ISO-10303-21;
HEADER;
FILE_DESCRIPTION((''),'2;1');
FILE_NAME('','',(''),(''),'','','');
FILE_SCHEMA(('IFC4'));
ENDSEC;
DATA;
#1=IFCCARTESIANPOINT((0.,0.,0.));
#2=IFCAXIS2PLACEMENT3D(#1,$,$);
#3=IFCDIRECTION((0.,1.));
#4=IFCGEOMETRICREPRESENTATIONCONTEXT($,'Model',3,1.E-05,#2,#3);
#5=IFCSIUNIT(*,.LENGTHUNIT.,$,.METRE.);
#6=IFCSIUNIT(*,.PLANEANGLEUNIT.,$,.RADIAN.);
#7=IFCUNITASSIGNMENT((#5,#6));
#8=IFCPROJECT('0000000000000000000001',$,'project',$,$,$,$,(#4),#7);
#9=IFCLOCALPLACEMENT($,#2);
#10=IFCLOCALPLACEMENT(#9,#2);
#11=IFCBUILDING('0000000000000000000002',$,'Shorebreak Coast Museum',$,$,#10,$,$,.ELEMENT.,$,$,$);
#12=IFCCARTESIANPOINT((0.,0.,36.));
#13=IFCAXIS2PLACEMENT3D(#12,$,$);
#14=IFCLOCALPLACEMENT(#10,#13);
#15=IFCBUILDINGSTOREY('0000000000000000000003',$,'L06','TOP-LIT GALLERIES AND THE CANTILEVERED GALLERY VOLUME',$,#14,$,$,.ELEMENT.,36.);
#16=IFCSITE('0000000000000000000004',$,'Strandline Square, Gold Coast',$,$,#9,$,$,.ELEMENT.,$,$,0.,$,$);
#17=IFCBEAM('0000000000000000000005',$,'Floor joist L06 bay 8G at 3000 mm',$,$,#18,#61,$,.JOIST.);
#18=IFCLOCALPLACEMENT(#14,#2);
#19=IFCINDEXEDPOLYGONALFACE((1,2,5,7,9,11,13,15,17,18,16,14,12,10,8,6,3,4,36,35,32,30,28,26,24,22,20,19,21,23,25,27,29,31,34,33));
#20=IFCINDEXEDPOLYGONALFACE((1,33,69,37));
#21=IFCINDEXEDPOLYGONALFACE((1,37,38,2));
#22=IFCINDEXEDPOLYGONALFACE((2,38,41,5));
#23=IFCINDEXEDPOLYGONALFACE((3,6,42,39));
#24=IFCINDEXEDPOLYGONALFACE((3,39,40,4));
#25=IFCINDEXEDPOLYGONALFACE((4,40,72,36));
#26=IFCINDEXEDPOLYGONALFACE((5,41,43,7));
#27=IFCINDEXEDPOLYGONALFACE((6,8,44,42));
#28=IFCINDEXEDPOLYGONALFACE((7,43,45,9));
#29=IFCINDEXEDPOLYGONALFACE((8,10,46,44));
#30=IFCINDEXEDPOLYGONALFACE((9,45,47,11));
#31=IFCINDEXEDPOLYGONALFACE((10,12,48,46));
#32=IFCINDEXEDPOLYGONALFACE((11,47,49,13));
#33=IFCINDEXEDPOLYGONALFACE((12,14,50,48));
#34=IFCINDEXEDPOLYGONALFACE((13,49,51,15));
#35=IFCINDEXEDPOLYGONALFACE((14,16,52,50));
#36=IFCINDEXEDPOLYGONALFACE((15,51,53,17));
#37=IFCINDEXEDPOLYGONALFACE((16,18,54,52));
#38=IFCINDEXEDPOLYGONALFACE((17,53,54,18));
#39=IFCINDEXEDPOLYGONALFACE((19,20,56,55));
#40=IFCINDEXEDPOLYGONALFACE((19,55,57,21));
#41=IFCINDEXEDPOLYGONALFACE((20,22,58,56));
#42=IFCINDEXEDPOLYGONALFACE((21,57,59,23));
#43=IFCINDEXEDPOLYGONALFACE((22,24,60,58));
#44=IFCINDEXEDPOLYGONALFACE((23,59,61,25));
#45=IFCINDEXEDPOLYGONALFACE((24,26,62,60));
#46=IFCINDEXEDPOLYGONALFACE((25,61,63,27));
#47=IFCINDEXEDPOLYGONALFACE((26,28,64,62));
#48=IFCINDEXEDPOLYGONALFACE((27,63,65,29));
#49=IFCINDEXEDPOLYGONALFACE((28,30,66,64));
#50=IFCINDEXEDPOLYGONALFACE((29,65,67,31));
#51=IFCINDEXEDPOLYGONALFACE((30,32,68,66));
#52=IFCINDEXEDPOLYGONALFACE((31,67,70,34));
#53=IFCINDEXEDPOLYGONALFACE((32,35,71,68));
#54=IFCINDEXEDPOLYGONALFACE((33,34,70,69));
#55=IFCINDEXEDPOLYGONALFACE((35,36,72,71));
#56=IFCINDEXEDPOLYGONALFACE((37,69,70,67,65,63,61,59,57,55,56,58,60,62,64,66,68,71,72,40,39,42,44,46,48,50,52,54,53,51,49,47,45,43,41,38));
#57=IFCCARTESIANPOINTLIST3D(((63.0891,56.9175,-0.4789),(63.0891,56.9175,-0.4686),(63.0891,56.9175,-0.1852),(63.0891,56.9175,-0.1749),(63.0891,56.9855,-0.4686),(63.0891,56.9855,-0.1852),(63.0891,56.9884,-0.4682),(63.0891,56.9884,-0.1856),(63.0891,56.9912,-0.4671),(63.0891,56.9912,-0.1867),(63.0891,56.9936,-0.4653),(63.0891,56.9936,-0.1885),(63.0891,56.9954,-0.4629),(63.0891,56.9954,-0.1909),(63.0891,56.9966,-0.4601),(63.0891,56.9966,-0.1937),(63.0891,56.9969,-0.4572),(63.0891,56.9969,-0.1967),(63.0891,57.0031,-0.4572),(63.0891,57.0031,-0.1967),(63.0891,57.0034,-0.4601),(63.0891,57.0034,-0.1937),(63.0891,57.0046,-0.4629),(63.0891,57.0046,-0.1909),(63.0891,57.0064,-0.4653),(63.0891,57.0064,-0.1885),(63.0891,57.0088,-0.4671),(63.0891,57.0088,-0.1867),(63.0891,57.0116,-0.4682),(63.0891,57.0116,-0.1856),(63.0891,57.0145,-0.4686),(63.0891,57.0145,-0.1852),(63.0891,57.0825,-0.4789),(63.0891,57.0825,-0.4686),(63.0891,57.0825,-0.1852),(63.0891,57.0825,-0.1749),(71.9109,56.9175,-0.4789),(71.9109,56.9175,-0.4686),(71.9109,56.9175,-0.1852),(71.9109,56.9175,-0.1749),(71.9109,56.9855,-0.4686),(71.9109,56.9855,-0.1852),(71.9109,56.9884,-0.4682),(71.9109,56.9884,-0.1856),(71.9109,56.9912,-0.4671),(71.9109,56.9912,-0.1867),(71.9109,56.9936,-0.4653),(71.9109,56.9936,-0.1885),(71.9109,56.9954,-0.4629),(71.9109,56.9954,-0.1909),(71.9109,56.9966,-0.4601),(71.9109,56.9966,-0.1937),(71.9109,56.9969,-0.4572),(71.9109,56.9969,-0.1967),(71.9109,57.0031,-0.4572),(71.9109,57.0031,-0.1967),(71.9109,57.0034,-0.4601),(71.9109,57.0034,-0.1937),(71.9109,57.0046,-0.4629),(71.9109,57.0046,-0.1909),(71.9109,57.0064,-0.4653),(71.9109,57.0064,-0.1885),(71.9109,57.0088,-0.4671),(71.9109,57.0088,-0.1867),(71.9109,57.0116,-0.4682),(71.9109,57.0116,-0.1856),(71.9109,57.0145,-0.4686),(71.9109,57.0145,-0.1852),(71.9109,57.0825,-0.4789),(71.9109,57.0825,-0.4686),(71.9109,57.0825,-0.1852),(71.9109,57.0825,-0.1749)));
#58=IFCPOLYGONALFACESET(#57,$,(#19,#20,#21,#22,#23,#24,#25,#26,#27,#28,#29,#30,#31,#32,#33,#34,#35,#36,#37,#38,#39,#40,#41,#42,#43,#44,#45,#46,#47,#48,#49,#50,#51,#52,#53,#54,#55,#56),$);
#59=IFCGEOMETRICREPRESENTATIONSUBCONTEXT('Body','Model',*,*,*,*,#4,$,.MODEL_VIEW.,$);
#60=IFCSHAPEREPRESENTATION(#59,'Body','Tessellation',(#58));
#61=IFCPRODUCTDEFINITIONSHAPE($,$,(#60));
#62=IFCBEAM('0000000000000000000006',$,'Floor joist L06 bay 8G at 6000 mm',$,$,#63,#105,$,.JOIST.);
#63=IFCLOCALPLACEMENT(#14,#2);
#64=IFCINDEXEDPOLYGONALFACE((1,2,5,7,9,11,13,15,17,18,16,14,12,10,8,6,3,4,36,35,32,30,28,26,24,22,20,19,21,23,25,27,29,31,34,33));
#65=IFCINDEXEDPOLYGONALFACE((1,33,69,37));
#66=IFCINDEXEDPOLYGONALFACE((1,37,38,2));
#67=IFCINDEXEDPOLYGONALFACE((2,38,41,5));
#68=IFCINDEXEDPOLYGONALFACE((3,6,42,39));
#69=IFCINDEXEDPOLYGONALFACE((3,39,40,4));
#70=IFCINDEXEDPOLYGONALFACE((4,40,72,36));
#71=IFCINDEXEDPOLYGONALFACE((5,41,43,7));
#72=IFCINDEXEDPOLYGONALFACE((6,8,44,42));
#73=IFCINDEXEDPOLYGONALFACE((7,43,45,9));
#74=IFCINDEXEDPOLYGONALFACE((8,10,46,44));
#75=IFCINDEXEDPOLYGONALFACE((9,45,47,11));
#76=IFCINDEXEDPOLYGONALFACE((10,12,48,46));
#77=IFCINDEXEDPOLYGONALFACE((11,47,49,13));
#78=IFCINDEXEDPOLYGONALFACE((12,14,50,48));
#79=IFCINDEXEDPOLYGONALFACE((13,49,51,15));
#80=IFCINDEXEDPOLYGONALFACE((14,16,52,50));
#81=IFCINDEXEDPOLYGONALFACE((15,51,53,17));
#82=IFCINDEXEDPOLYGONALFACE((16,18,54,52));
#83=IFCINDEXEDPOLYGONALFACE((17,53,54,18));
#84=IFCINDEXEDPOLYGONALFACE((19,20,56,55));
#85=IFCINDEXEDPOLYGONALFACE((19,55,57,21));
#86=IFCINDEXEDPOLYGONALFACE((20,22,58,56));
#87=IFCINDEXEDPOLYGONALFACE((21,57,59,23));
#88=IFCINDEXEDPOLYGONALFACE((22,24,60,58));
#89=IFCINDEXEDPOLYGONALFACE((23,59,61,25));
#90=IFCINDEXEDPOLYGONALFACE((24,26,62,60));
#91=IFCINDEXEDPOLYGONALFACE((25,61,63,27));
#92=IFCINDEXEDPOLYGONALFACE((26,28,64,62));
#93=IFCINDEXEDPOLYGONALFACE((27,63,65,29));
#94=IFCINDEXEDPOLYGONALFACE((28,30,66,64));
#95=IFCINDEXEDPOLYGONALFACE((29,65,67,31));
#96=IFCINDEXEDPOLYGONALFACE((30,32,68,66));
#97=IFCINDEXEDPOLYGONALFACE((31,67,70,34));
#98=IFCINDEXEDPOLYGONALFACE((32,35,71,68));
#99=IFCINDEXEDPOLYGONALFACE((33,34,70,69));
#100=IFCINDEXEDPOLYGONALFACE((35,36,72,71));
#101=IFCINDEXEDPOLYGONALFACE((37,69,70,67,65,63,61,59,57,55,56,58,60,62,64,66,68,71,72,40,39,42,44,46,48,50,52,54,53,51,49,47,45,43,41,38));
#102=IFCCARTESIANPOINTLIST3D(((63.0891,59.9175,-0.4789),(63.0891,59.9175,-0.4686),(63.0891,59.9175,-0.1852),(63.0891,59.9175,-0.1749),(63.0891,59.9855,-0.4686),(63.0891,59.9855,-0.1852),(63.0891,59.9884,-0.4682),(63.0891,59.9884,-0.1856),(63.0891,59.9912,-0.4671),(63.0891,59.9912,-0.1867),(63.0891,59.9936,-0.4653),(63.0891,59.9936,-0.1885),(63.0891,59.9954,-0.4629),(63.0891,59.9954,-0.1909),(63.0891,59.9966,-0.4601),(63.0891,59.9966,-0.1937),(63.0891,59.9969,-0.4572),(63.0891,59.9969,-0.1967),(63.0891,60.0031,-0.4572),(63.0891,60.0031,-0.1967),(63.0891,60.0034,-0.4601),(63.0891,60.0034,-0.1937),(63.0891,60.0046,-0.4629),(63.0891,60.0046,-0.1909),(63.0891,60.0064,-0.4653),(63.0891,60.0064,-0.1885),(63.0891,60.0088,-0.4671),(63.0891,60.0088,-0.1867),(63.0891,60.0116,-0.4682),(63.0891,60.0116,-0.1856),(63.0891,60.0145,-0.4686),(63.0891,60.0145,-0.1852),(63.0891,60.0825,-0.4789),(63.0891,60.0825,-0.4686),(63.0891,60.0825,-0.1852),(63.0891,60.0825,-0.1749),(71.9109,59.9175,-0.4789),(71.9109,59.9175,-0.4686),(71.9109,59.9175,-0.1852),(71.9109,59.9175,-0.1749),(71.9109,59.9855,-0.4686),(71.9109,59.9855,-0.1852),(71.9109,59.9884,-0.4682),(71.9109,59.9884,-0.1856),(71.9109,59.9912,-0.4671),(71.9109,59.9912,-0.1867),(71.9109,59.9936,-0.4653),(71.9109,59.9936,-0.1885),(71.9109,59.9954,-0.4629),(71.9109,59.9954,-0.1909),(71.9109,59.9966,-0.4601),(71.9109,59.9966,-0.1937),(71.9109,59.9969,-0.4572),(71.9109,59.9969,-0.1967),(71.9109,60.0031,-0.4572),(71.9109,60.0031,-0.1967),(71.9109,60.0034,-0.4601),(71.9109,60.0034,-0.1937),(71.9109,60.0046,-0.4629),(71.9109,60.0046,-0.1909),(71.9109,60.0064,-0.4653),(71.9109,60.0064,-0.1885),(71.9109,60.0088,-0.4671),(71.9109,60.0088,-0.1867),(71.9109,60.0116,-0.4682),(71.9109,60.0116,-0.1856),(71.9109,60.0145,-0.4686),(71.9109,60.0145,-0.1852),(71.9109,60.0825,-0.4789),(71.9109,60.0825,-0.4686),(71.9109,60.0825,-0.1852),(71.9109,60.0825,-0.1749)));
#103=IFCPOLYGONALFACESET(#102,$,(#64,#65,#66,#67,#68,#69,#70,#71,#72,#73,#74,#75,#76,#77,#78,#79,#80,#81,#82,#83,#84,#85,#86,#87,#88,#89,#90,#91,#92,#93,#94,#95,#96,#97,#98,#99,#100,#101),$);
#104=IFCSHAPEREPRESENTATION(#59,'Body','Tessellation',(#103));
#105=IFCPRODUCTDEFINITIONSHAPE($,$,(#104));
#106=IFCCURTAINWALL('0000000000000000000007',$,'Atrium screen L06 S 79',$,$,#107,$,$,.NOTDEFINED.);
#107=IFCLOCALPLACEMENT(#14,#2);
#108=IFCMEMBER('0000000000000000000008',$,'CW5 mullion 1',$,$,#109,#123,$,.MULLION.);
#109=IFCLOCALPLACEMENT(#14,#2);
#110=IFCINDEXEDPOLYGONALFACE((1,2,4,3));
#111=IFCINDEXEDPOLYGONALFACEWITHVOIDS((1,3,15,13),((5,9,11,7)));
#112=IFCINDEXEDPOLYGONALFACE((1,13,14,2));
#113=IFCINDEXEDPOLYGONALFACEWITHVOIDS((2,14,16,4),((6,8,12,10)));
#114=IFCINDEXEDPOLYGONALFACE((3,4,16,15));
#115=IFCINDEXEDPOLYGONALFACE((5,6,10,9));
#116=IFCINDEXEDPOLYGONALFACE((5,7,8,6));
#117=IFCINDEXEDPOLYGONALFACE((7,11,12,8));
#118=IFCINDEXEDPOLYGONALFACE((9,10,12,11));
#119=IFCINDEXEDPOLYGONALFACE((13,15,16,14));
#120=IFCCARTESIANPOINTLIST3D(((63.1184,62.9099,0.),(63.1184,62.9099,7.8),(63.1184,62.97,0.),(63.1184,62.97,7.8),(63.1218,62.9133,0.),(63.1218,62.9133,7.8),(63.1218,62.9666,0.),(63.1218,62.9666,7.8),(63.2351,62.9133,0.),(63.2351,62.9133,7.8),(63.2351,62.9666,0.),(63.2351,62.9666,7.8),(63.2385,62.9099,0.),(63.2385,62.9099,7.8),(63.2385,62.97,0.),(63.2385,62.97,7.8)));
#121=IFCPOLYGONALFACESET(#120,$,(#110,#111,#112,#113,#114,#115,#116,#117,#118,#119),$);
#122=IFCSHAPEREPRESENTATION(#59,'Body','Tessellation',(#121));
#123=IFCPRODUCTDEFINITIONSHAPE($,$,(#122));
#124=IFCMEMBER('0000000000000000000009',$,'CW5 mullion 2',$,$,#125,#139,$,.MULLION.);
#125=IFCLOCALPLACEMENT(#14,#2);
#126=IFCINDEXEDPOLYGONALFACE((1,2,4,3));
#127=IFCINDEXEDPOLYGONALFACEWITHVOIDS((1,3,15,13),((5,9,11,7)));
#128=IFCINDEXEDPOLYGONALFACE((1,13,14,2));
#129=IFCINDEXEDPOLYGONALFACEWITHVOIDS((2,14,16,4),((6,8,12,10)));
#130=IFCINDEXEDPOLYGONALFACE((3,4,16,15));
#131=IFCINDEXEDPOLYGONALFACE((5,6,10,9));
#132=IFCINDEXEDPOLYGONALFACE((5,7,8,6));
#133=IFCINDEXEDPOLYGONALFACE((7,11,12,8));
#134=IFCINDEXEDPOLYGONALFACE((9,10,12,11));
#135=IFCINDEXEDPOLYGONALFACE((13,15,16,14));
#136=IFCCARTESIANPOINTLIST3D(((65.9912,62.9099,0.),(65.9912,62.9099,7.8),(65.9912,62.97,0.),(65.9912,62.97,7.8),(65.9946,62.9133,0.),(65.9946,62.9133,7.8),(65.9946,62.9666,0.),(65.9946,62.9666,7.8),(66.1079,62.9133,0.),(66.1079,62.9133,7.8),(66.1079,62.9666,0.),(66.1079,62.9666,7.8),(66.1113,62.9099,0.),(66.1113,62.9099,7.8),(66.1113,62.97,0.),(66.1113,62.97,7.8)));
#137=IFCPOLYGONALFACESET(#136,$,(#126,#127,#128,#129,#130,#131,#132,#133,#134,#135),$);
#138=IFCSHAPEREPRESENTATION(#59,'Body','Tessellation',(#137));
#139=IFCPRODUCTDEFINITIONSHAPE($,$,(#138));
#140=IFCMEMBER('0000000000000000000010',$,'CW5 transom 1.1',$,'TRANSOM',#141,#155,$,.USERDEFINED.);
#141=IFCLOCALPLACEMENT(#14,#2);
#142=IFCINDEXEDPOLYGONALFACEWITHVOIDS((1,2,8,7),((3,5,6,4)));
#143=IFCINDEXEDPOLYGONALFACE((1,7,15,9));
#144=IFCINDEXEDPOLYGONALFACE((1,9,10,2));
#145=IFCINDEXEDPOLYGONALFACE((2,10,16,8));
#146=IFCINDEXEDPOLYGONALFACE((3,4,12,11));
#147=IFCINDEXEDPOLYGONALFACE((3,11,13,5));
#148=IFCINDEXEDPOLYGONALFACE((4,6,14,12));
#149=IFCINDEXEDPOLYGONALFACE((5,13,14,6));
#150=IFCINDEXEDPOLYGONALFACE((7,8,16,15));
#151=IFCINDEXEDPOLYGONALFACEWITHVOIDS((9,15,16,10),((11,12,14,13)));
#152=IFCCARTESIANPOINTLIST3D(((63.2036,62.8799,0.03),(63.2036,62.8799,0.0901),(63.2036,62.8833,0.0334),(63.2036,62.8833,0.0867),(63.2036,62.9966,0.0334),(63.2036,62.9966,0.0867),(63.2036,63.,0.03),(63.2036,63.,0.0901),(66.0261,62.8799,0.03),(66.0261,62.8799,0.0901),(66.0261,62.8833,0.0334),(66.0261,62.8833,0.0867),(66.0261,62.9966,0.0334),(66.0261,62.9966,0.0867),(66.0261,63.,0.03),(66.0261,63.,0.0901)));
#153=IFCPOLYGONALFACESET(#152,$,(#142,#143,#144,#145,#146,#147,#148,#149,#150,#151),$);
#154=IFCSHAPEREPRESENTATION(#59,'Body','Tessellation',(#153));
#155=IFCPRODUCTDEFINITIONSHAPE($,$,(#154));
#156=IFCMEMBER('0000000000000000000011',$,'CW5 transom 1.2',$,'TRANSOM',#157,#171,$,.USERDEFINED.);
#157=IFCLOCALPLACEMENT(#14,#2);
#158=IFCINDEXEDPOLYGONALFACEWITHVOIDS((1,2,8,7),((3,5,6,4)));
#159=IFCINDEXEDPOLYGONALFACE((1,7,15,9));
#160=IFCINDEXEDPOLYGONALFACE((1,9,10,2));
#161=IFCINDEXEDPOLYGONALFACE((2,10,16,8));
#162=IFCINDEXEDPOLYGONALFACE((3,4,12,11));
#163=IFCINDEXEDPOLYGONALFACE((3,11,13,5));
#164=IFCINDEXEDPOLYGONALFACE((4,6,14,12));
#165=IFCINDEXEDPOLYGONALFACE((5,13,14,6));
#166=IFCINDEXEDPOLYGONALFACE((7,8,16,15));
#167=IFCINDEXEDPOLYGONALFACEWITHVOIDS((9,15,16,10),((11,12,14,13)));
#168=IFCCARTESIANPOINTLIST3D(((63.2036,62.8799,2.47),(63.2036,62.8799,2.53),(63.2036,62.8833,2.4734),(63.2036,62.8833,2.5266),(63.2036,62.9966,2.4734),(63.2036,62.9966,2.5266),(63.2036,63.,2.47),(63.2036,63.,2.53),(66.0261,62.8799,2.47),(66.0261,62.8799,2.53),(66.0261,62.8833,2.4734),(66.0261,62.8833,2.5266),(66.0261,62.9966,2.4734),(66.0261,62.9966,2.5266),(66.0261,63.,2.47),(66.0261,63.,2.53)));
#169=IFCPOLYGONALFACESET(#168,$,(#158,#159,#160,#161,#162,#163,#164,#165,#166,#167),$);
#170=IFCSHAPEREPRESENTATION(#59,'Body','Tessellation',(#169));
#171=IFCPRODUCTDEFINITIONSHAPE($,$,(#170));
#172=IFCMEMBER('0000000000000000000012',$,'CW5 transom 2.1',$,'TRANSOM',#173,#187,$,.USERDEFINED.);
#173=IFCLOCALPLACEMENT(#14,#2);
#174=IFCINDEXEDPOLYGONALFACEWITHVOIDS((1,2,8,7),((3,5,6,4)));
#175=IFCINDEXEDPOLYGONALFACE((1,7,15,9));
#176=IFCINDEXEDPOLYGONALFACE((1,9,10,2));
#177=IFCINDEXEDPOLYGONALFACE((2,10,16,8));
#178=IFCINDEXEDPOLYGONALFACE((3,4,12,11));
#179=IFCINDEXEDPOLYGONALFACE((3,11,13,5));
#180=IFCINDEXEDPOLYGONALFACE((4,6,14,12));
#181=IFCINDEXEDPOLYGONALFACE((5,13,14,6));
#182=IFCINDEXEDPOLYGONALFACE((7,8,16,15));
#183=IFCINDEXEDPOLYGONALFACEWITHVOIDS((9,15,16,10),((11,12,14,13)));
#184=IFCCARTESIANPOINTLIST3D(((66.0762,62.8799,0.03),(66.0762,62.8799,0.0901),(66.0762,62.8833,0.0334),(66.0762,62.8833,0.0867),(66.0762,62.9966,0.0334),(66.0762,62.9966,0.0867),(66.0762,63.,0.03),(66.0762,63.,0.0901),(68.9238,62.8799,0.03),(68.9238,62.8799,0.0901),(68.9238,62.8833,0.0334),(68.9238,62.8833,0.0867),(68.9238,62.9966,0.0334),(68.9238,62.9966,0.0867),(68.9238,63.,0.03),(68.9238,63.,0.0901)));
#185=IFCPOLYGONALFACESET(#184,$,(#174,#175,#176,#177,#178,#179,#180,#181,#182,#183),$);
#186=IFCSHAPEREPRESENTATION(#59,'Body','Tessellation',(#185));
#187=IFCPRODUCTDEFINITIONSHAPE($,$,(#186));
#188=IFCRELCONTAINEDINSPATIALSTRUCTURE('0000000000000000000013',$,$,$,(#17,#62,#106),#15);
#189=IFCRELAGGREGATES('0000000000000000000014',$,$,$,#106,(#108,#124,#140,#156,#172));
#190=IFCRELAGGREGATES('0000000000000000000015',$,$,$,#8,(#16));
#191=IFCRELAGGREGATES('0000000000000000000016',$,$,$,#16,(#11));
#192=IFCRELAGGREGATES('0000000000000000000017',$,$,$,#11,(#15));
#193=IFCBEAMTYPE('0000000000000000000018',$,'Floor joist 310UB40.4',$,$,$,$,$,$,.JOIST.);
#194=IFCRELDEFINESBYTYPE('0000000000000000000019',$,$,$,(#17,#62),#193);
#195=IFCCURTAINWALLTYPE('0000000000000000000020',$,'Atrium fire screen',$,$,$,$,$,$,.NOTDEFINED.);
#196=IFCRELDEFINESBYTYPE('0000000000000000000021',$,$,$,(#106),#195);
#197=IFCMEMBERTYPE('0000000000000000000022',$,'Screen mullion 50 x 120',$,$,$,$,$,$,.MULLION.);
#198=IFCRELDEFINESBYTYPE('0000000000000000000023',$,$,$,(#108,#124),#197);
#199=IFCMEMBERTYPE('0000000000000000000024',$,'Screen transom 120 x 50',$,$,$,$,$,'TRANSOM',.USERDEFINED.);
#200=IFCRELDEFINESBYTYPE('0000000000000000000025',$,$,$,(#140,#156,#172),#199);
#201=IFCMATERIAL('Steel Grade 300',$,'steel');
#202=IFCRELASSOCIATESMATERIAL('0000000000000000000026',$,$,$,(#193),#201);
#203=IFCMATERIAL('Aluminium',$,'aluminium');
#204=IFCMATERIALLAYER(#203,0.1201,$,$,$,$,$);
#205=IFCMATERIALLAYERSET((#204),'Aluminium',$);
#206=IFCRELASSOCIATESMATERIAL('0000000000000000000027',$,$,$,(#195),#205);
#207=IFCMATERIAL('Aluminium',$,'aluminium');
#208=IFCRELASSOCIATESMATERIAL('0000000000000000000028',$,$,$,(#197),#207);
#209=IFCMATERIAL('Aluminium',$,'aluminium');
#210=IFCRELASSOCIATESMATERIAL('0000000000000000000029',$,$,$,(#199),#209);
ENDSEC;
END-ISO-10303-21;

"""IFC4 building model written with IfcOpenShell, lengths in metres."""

from ifc_helpers import new_model, si_unit, direction, frame, origin, origin_2d, place, context, subcontext, project, spatial, hollow_rectangle, i_section, extrude, material, layer, layer_set, material_profile, profile_set, type_object, element, aggregate, save


model = new_model("IFC4")

# Units and contexts
model_context = context("Model", 3, precision=1e-05, world=origin(), true_north=direction((0.0, 1.0)))
body_context = subcontext(model_context, "Body", "Model", "MODEL_VIEW")
ifc_project = project(units=[si_unit("LENGTHUNIT", "METRE"), si_unit("PLANEANGLEUNIT", "RADIAN")], contexts=[model_context])

# Site, building, storey
site_placement = place(None, origin())
site = spatial("IfcSite", under=ifc_project, at=site_placement, Name="Strandline Square, Gold Coast", CompositionType="ELEMENT", RefElevation=0.0)
building_placement = place(site_placement, origin())
building = spatial("IfcBuilding", under=site, at=building_placement, Name="Shorebreak Coast Museum", CompositionType="ELEMENT")
storey_placement = place(building_placement, frame((0.0, 0.0, 36.0)))
storey = spatial("IfcBuildingStorey", under=building, at=storey_placement, Name="L06", Description="TOP-LIT GALLERIES AND THE CANTILEVERED GALLERY VOLUME", CompositionType="ELEMENT", Elevation=36.0)

# Beams
ifc_material_1 = material(Name="Steel Grade 300", Category="steel")
ifc_material_profile_1 = material_profile(ifc_material_1, i_section(OverallWidth=0.165, OverallDepth=0.304, WebThickness=0.0061, FlangeThickness=0.0103, FilletRadius=0.0115, at=origin_2d()), Name="310UB40.4")
ifc_profile_set_1 = profile_set([ifc_material_profile_1], Name="Steel Grade 300")
beam_type_1 = type_object("IfcBeamType", Name="Floor joist 310UB40.4", PredefinedType="JOIST", material=ifc_profile_set_1)
for number, where, z_axis, x_axis, name in (
    (1, (63.0891, 57.0, -0.3269), (1.0, 0.0, 0.0), (0.0, 1.0, 0.0), "Floor joist L06 bay 8G at 3000 mm"),
    (2, (63.0891, 60.0, -0.3269), (1.0, 0.0, 0.0), (0.0, 1.0, 0.0), "Floor joist L06 bay 8G at 6000 mm"),
):
    element("IfcBeam", number, at=place(storey_placement, frame(where, z_axis=z_axis, x_axis=x_axis)), inside=storey, type_object=beam_type_1, Name=name, PredefinedType="JOIST", context=body_context, shape_type="SweptSolid", body=[
        extrude(i_section(OverallWidth=0.165, OverallDepth=0.304, WebThickness=0.0061, FlangeThickness=0.0103, FilletRadius=0.0115, at=origin_2d()), origin(), (0.0, 0.0, 1.0), 8.8218),
    ])

# Curtain wall, members
ifc_material_2 = material(Name="Aluminium", Category="aluminium")
ifc_layer_1 = layer(ifc_material_2, 0.1201)
ifc_layer_set_1 = layer_set([ifc_layer_1], Name="Aluminium")
curtain_wall_type_1 = type_object("IfcCurtainWallType", Name="Atrium fire screen", PredefinedType="NOTDEFINED", material=ifc_layer_set_1)
curtain_wall_1_placement = place(storey_placement, origin())
curtain_wall_1 = element("IfcCurtainWall", 3, at=curtain_wall_1_placement, inside=storey, type_object=curtain_wall_type_1, Name="Atrium screen L06 S 79", PredefinedType="NOTDEFINED")
ifc_material_3 = material(Name="Aluminium", Category="aluminium")
ifc_material_profile_2 = material_profile(ifc_material_3, hollow_rectangle(XDim=0.0601, YDim=0.1201, WallThickness=0.0034, at=origin_2d()), Name="AL 120x60 RHS")
ifc_profile_set_2 = profile_set([ifc_material_profile_2], Name="Aluminium")
member_type_1 = type_object("IfcMemberType", Name="Screen mullion 50 x 120", PredefinedType="MULLION", material=ifc_profile_set_2)
member_1_placement = place(storey_placement, frame((63.1785, 62.9399, 0.0), z_axis=(0.0, 0.0, 1.0), x_axis=(0.0, 1.0, 0.0)))
member_1 = element("IfcMember", 4, at=member_1_placement, type_object=member_type_1, Name="CW5 mullion 1", PredefinedType="MULLION", context=body_context, shape_type="SweptSolid", body=[
    extrude(hollow_rectangle(XDim=0.0601, YDim=0.1201, WallThickness=0.0034, at=origin_2d()), origin(), (0.0, 0.0, 1.0), 7.8),
])
member_2_placement = place(storey_placement, frame((66.0513, 62.9399, 0.0), z_axis=(0.0, 0.0, 1.0), x_axis=(0.0, 1.0, 0.0)))
member_2 = element("IfcMember", 5, at=member_2_placement, type_object=member_type_1, Name="CW5 mullion 2", PredefinedType="MULLION", context=body_context, shape_type="SweptSolid", body=[
    extrude(hollow_rectangle(XDim=0.0601, YDim=0.1201, WallThickness=0.0034, at=origin_2d()), origin(), (0.0, 0.0, 1.0), 7.8),
])
ifc_material_4 = material(Name="Aluminium", Category="aluminium")
ifc_material_profile_3 = material_profile(ifc_material_4, hollow_rectangle(XDim=0.1201, YDim=0.0601, WallThickness=0.0034, at=origin_2d()), Name="AL 60x120 RHS")
ifc_profile_set_3 = profile_set([ifc_material_profile_3], Name="Aluminium")
member_type_2 = type_object("IfcMemberType", Name="Screen transom 120 x 50", ElementType="TRANSOM", PredefinedType="USERDEFINED", material=ifc_profile_set_3)
member_3_placement = place(storey_placement, frame((63.2036, 62.9399, 0.0601), z_axis=(1.0, 0.0, 0.0), x_axis=(0.0, 1.0, 0.0)))
member_3 = element("IfcMember", 6, at=member_3_placement, type_object=member_type_2, Name="CW5 transom 1.1", ObjectType="TRANSOM", PredefinedType="USERDEFINED", context=body_context, shape_type="SweptSolid", body=[
    extrude(hollow_rectangle(XDim=0.1201, YDim=0.0601, WallThickness=0.0034, at=origin_2d()), origin(), (0.0, 0.0, 1.0), 2.8225),
])
member_4_placement = place(storey_placement, frame((63.2036, 62.9399, 2.5), z_axis=(1.0, 0.0, 0.0), x_axis=(0.0, 1.0, 0.0)))
member_4 = element("IfcMember", 7, at=member_4_placement, type_object=member_type_2, Name="CW5 transom 1.2", ObjectType="TRANSOM", PredefinedType="USERDEFINED", context=body_context, shape_type="SweptSolid", body=[
    extrude(hollow_rectangle(XDim=0.1201, YDim=0.0601, WallThickness=0.0034, at=origin_2d()), origin(), (0.0, 0.0, 1.0), 2.8225),
])
member_5_placement = place(storey_placement, frame((66.0762, 62.9399, 0.0601), z_axis=(1.0, 0.0, 0.0), x_axis=(0.0, 1.0, 0.0)))
member_5 = element("IfcMember", 8, at=member_5_placement, type_object=member_type_2, Name="CW5 transom 2.1", ObjectType="TRANSOM", PredefinedType="USERDEFINED", context=body_context, shape_type="SweptSolid", body=[
    extrude(hollow_rectangle(XDim=0.1201, YDim=0.0601, WallThickness=0.0034, at=origin_2d()), origin(), (0.0, 0.0, 1.0), 2.8477),
])

aggregate(curtain_wall_1, [member_1, member_2, member_3, member_4, member_5])

save(model, "model.ifc")
